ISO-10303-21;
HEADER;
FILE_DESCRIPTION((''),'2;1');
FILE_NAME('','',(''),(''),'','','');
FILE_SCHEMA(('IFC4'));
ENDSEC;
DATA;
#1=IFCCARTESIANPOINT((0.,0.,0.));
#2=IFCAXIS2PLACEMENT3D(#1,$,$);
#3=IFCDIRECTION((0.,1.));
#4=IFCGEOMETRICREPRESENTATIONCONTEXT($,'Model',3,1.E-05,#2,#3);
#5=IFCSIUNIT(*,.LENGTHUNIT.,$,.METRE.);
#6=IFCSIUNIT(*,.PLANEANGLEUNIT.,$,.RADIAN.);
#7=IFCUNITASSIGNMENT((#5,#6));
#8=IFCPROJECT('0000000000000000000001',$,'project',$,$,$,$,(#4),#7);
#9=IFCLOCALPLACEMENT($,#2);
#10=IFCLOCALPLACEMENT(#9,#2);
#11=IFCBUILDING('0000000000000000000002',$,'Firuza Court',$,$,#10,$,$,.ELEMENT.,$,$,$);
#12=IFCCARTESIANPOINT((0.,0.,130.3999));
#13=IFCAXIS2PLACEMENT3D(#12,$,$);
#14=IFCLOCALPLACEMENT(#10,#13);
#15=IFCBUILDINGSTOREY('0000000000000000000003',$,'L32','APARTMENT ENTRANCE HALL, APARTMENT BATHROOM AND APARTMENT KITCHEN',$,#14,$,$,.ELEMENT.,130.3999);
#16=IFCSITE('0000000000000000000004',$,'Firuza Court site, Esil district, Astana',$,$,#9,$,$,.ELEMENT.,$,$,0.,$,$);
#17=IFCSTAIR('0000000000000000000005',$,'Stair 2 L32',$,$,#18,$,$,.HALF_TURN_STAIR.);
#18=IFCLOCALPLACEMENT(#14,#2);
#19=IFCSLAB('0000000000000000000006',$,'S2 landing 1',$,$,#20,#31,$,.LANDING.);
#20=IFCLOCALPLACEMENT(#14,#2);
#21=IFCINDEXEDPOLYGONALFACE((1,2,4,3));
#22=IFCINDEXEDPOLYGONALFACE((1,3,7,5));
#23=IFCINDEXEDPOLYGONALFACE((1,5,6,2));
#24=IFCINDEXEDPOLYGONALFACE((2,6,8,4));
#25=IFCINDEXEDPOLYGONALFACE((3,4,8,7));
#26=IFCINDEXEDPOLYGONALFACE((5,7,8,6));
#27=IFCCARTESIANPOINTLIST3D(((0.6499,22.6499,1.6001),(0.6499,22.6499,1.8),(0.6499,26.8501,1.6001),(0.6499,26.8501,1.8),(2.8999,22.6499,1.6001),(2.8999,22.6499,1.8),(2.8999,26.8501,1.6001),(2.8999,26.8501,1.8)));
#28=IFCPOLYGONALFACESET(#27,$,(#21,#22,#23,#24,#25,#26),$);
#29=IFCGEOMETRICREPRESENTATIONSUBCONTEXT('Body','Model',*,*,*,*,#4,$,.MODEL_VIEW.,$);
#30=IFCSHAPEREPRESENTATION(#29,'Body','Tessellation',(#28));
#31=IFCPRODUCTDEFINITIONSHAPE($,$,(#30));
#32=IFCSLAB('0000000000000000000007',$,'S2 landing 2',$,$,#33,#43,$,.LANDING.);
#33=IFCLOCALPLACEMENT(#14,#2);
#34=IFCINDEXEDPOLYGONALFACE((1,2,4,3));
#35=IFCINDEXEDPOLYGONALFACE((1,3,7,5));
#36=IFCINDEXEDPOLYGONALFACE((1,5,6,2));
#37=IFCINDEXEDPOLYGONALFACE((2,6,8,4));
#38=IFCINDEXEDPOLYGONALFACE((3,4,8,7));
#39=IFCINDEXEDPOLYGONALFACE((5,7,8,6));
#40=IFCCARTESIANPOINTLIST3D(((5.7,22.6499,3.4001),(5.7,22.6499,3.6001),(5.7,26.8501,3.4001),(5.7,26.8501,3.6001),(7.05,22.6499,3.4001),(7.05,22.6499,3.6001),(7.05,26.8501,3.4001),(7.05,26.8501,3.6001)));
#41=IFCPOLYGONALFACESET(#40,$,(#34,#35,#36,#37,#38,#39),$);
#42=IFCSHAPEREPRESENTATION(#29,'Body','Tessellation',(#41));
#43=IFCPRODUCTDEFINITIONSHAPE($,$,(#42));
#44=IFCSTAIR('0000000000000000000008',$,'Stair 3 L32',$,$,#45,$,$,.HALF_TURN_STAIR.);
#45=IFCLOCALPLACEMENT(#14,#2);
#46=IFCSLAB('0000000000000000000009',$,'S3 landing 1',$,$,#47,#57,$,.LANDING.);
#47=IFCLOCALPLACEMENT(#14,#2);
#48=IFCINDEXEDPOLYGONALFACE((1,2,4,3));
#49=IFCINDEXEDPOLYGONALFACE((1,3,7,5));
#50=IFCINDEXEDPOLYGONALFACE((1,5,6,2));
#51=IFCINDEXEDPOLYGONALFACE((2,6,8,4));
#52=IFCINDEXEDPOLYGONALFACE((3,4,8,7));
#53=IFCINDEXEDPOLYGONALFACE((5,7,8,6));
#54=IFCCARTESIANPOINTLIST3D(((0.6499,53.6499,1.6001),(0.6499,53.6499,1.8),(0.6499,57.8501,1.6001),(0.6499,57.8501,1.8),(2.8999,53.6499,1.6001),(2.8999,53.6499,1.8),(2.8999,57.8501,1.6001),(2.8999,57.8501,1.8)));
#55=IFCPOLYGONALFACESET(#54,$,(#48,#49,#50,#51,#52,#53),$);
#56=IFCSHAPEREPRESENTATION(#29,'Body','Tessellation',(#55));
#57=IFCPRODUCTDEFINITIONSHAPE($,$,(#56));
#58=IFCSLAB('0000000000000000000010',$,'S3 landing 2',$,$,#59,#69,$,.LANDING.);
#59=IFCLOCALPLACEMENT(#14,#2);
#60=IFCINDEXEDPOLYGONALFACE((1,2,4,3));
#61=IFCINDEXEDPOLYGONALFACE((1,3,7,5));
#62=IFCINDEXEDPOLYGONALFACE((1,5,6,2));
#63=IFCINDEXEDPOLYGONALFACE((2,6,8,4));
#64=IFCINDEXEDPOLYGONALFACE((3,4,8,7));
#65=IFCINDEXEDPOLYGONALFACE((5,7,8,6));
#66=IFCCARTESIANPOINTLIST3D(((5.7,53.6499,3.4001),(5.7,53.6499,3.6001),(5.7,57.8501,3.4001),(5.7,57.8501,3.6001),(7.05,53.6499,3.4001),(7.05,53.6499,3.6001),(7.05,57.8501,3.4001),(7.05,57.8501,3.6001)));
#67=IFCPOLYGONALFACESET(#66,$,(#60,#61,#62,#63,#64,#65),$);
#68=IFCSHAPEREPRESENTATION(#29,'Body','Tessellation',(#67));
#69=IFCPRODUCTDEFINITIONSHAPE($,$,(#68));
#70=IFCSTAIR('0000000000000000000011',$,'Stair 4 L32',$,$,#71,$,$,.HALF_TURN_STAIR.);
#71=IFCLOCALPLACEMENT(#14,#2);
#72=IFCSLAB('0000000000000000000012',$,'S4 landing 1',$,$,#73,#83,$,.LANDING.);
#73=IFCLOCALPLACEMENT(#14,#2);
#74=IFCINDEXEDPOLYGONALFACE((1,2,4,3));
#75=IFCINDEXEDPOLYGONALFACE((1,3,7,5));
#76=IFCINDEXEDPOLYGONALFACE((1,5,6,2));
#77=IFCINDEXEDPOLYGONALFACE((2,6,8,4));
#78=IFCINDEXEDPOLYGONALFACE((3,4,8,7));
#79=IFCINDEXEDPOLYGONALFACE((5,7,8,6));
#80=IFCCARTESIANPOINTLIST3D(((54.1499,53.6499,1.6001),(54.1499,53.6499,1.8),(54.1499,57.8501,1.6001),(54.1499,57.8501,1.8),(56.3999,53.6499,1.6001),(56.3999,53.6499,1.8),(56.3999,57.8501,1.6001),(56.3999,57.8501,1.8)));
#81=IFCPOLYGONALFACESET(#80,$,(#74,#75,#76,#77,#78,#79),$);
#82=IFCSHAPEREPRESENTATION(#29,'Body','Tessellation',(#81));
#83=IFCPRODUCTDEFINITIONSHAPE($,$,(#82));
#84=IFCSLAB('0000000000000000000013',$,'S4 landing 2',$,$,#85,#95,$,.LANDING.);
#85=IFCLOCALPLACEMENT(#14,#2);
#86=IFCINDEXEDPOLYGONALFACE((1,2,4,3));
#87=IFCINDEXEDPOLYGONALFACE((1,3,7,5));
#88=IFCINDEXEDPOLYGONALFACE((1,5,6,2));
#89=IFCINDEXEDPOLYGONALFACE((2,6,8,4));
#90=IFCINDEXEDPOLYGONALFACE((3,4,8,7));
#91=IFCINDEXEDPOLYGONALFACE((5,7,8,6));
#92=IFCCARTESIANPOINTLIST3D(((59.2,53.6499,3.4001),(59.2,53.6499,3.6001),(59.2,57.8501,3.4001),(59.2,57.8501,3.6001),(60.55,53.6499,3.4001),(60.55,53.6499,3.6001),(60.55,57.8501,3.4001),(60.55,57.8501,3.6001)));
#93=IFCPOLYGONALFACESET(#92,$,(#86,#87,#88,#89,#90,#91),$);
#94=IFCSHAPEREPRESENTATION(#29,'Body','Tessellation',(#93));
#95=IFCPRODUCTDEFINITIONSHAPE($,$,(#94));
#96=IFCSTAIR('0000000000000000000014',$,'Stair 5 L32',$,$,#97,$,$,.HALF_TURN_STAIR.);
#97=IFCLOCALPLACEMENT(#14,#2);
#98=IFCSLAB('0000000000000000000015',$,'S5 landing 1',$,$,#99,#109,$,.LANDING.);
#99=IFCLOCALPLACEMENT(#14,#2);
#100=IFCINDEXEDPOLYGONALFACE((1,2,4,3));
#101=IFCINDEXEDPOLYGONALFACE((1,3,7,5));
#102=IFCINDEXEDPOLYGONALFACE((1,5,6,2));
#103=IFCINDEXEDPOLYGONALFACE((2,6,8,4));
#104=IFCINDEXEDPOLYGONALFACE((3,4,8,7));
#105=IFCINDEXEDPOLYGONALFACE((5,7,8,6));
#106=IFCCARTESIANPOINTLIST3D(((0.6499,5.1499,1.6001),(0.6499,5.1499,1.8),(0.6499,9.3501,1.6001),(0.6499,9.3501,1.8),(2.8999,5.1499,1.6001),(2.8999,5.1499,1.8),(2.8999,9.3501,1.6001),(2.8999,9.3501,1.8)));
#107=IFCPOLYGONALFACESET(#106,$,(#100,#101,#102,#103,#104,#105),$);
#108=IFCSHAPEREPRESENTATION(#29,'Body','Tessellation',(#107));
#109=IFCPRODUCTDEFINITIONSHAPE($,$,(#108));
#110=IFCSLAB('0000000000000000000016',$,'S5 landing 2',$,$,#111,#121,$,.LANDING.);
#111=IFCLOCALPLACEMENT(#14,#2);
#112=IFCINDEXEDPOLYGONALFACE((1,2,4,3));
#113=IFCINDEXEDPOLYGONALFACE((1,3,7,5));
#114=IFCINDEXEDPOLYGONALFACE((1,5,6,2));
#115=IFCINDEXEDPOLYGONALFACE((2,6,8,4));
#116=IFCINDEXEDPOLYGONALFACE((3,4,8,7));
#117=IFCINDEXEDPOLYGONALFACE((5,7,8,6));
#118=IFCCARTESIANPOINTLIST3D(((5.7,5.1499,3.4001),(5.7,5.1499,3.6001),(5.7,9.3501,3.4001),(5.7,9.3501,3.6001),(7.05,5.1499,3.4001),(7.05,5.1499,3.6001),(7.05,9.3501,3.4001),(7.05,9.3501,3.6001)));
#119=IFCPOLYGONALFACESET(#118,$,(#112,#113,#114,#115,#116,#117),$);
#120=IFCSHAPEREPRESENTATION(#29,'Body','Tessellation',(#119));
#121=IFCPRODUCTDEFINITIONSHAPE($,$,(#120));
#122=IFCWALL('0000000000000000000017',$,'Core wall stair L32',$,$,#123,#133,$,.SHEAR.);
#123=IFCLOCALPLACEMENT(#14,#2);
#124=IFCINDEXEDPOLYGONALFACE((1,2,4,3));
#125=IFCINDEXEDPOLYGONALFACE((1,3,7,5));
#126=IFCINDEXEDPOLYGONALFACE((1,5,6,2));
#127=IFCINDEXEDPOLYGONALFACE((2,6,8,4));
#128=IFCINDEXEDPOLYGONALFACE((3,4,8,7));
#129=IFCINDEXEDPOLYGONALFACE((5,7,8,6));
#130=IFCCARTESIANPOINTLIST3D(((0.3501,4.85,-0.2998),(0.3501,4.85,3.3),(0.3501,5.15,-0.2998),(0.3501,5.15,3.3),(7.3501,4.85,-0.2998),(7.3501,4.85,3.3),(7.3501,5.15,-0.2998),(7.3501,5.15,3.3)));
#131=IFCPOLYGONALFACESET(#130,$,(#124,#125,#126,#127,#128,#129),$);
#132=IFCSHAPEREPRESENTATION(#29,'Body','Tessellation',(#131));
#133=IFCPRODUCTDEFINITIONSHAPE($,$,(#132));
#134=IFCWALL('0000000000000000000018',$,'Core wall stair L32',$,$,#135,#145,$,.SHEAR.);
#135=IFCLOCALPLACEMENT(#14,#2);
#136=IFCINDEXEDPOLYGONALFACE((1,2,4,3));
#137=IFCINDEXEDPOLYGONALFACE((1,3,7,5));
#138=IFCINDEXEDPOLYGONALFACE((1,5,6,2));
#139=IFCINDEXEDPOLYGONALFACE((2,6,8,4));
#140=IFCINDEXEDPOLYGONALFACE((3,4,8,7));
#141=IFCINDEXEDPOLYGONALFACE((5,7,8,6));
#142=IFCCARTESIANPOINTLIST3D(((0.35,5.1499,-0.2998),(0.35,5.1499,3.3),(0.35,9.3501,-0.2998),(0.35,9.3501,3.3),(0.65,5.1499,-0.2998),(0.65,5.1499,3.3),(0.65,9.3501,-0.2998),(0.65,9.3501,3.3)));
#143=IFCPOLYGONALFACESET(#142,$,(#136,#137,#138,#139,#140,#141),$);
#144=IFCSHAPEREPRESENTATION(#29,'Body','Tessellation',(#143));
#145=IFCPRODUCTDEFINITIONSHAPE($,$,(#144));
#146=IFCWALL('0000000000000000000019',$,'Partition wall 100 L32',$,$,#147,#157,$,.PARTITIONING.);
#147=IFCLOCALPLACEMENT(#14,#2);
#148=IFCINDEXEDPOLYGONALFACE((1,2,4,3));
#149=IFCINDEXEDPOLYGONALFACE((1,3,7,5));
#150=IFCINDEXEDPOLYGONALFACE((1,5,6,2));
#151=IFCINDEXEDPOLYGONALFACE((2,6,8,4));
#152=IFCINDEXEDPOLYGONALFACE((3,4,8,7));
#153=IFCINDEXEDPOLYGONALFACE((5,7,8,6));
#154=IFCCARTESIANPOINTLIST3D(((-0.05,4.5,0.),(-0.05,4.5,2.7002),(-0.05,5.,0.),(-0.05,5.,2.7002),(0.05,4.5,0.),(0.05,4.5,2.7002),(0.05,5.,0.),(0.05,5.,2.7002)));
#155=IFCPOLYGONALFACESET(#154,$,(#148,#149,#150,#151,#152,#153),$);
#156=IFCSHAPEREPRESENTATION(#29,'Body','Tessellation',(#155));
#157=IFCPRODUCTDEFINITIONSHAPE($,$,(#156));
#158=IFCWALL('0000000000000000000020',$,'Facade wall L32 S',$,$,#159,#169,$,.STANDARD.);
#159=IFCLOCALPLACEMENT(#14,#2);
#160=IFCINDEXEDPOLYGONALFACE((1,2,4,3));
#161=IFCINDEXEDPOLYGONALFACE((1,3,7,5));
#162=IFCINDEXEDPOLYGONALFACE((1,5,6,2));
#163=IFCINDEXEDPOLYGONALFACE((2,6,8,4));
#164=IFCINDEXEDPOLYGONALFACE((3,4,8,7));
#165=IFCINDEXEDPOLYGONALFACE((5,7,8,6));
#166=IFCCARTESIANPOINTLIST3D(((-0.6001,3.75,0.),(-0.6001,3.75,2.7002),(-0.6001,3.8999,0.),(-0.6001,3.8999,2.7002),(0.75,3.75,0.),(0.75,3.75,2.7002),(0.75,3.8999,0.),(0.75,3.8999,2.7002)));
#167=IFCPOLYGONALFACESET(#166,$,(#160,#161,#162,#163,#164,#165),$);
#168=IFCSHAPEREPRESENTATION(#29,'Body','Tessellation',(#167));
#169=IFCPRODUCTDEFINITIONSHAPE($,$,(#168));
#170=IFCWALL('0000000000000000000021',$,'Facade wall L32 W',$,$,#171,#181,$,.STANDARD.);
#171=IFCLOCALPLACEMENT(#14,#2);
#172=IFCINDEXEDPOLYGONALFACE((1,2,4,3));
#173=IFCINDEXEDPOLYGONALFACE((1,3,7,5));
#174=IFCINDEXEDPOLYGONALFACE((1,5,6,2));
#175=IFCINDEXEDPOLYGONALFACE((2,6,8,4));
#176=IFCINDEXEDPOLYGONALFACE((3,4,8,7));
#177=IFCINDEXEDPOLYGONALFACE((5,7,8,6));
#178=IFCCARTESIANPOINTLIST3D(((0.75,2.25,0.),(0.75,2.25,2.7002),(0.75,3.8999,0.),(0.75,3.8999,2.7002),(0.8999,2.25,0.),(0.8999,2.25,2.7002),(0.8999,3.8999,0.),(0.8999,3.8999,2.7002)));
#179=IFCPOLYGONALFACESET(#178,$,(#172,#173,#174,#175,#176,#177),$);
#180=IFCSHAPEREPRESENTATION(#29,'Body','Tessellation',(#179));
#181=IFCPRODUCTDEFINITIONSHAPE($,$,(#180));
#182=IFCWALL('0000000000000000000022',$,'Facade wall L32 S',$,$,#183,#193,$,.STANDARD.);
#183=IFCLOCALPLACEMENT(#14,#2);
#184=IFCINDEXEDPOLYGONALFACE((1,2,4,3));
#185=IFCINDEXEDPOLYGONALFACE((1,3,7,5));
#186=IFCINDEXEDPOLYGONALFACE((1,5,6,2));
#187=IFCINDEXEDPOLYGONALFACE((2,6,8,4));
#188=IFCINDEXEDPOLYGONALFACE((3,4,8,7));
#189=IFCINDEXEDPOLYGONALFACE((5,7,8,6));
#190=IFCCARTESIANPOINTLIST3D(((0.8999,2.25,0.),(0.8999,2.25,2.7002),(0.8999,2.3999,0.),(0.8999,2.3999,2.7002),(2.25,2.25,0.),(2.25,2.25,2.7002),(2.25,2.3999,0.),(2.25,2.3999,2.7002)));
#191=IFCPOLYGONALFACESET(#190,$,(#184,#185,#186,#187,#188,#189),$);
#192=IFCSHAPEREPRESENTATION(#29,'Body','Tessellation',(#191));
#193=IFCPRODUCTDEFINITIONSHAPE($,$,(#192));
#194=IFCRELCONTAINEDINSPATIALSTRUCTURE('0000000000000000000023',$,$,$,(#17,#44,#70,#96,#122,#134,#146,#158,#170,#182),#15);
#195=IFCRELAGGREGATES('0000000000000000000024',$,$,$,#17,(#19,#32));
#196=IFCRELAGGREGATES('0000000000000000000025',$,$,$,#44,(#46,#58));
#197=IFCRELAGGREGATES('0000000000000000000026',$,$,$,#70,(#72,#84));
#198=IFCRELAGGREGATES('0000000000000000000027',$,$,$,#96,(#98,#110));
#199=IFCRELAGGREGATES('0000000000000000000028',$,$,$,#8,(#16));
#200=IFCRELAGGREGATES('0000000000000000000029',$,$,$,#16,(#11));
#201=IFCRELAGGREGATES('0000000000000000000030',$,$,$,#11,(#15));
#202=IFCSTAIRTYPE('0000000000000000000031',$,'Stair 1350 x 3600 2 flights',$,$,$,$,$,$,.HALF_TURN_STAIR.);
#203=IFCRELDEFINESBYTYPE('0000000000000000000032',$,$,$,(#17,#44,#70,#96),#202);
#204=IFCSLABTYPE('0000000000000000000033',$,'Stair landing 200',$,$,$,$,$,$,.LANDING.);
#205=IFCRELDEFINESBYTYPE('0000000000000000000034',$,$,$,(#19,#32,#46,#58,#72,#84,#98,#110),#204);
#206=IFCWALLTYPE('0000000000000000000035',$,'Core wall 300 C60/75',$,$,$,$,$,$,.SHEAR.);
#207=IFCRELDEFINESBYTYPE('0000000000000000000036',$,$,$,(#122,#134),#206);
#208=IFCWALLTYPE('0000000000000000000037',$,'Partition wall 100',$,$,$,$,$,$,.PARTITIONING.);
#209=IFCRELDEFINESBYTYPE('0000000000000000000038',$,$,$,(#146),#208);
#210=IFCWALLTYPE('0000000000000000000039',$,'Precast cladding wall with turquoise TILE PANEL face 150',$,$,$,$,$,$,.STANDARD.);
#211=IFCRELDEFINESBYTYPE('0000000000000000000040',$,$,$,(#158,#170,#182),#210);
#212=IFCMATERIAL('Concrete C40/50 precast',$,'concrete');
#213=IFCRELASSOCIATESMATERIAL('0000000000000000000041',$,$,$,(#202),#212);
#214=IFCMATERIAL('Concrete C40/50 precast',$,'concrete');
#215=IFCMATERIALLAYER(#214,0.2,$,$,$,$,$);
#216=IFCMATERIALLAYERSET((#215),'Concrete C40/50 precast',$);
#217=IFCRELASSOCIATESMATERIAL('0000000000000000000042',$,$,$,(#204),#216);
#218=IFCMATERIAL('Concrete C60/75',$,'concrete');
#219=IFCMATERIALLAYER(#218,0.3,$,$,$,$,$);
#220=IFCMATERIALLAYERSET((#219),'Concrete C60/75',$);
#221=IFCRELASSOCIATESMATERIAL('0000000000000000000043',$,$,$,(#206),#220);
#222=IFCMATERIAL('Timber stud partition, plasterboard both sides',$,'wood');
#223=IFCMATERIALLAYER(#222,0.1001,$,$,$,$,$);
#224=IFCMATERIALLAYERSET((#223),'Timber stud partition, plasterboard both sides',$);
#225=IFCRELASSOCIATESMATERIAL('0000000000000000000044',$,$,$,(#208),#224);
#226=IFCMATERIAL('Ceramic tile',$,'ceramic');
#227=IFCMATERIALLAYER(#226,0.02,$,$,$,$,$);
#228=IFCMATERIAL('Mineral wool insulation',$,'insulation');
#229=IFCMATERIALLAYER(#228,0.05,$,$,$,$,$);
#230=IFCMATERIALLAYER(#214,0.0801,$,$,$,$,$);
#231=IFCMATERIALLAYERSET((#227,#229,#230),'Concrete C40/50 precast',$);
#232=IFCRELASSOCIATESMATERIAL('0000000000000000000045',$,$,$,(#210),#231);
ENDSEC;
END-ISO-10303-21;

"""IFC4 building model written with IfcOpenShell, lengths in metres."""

from ifc_helpers import new_model, si_unit, direction, frame, frame_2d, origin, place, context, subcontext, project, spatial, polyline, rectangle, outline, extrude, material, layer, layer_set, type_object, element, aggregate, save


model = new_model("IFC4")

# Units and contexts
model_context = context("Model", 3, precision=1e-05, world=origin(), true_north=direction((0.0, 1.0)))
body_context = subcontext(model_context, "Body", "Model", "MODEL_VIEW")
ifc_project = project(units=[si_unit("LENGTHUNIT", "METRE"), si_unit("PLANEANGLEUNIT", "RADIAN")], contexts=[model_context])

# Site, building, storey
site_placement = place(None, origin())
site = spatial("IfcSite", under=ifc_project, at=site_placement, Name="Firuza Court site, Esil district, Astana", CompositionType="ELEMENT", RefElevation=0.0)
building_placement = place(site_placement, origin())
building = spatial("IfcBuilding", under=site, at=building_placement, Name="Firuza Court", CompositionType="ELEMENT")
storey_placement = place(building_placement, frame((0.0, 0.0, 130.3999)))
storey = spatial("IfcBuildingStorey", under=building, at=storey_placement, Name="L32", Description="APARTMENT ENTRANCE HALL, APARTMENT BATHROOM AND APARTMENT KITCHEN", CompositionType="ELEMENT", Elevation=130.3999)

# Stairs, slabs
ifc_material_1 = material(Name="Concrete C40/50 precast", Category="concrete")
stair_type = type_object("IfcStairType", Name="Stair 1350 x 3600 2 flights", PredefinedType="HALF_TURN_STAIR", material=ifc_material_1)
ifc_material_2 = material(Name="Concrete C40/50 precast", Category="concrete")
ifc_layer_1 = layer(ifc_material_2, 0.2)
ifc_layer_set_1 = layer_set([ifc_layer_1], Name="Concrete C40/50 precast")
slab_type_1 = type_object("IfcSlabType", Name="Stair landing 200", PredefinedType="LANDING", material=ifc_layer_set_1)
stair_1_placement = place(storey_placement, origin())
stair_1 = element("IfcStair", 1, at=stair_1_placement, inside=storey, type_object=stair_type, Name="Stair 2 L32", PredefinedType="HALF_TURN_STAIR")
slab_1_placement = place(storey_placement, frame((0.0, 0.0, 1.6001)))
slab_1 = element("IfcSlab", 2, at=slab_1_placement, type_object=slab_type_1, Name="S2 landing 1", PredefinedType="LANDING", context=body_context, shape_type="SweptSolid", body=[
    extrude(outline(polyline([(2.8999, 22.6499), (2.8999, 26.8501), (0.6499, 26.8501), (0.6499, 22.6499), (2.8999, 22.6499)])), origin(), (0.0, 0.0, 1.0), 0.2),
])
slab_2_placement = place(storey_placement, frame((0.0, 0.0, 3.4001)))
slab_2 = element("IfcSlab", 3, at=slab_2_placement, type_object=slab_type_1, Name="S2 landing 2", PredefinedType="LANDING", context=body_context, shape_type="SweptSolid", body=[
    extrude(outline(polyline([(7.05, 22.6499), (7.05, 26.8501), (5.7, 26.8501), (5.7, 22.6499), (7.05, 22.6499)])), origin(), (0.0, 0.0, 1.0), 0.2),
])
aggregate(stair_1, [slab_1, slab_2])
stair_2_placement = place(storey_placement, origin())
stair_2 = element("IfcStair", 4, at=stair_2_placement, inside=storey, type_object=stair_type, Name="Stair 3 L32", PredefinedType="HALF_TURN_STAIR")
slab_3_placement = place(storey_placement, frame((0.0, 0.0, 1.6001)))
slab_3 = element("IfcSlab", 5, at=slab_3_placement, type_object=slab_type_1, Name="S3 landing 1", PredefinedType="LANDING", context=body_context, shape_type="SweptSolid", body=[
    extrude(outline(polyline([(2.8999, 53.6499), (2.8999, 57.8501), (0.6499, 57.8501), (0.6499, 53.6499), (2.8999, 53.6499)])), origin(), (0.0, 0.0, 1.0), 0.2),
])
slab_4_placement = place(storey_placement, frame((0.0, 0.0, 3.4001)))
slab_4 = element("IfcSlab", 6, at=slab_4_placement, type_object=slab_type_1, Name="S3 landing 2", PredefinedType="LANDING", context=body_context, shape_type="SweptSolid", body=[
    extrude(outline(polyline([(7.05, 53.6499), (7.05, 57.8501), (5.7, 57.8501), (5.7, 53.6499), (7.05, 53.6499)])), origin(), (0.0, 0.0, 1.0), 0.2),
])
aggregate(stair_2, [slab_3, slab_4])
stair_3_placement = place(storey_placement, origin())
stair_3 = element("IfcStair", 7, at=stair_3_placement, inside=storey, type_object=stair_type, Name="Stair 4 L32", PredefinedType="HALF_TURN_STAIR")
slab_5_placement = place(storey_placement, frame((0.0, 0.0, 1.6001)))
slab_5 = element("IfcSlab", 8, at=slab_5_placement, type_object=slab_type_1, Name="S4 landing 1", PredefinedType="LANDING", context=body_context, shape_type="SweptSolid", body=[
    extrude(outline(polyline([(56.3999, 53.6499), (56.3999, 57.8501), (54.1499, 57.8501), (54.1499, 53.6499), (56.3999, 53.6499)])), origin(), (0.0, 0.0, 1.0), 0.2),
])
slab_6_placement = place(storey_placement, frame((0.0, 0.0, 3.4001)))
slab_6 = element("IfcSlab", 9, at=slab_6_placement, type_object=slab_type_1, Name="S4 landing 2", PredefinedType="LANDING", context=body_context, shape_type="SweptSolid", body=[
    extrude(outline(polyline([(60.55, 53.6499), (60.55, 57.8501), (59.2, 57.8501), (59.2, 53.6499), (60.55, 53.6499)])), origin(), (0.0, 0.0, 1.0), 0.2),
])
aggregate(stair_3, [slab_5, slab_6])
stair_4_placement = place(storey_placement, origin())
stair_4 = element("IfcStair", 10, at=stair_4_placement, inside=storey, type_object=stair_type, Name="Stair 5 L32", PredefinedType="HALF_TURN_STAIR")
slab_7_placement = place(storey_placement, frame((0.0, 0.0, 1.6001)))
slab_7 = element("IfcSlab", 11, at=slab_7_placement, type_object=slab_type_1, Name="S5 landing 1", PredefinedType="LANDING", context=body_context, shape_type="SweptSolid", body=[
    extrude(outline(polyline([(2.8999, 5.1499), (2.8999, 9.3501), (0.6499, 9.3501), (0.6499, 5.1499), (2.8999, 5.1499)])), origin(), (0.0, 0.0, 1.0), 0.2),
])
slab_8_placement = place(storey_placement, frame((0.0, 0.0, 3.4001)))
slab_8 = element("IfcSlab", 12, at=slab_8_placement, type_object=slab_type_1, Name="S5 landing 2", PredefinedType="LANDING", context=body_context, shape_type="SweptSolid", body=[
    extrude(outline(polyline([(7.05, 5.1499), (7.05, 9.3501), (5.7, 9.3501), (5.7, 5.1499), (7.05, 5.1499)])), origin(), (0.0, 0.0, 1.0), 0.2),
])
aggregate(stair_4, [slab_7, slab_8])

# Walls
ifc_material_3 = material(Name="Concrete C60/75", Category="concrete")
ifc_layer_2 = layer(ifc_material_3, 0.3)
ifc_layer_set_2 = layer_set([ifc_layer_2], Name="Concrete C60/75")
wall_type_1 = type_object("IfcWallType", Name="Core wall 300 C60/75", PredefinedType="SHEAR", material=ifc_layer_set_2)
wall_1_placement = place(storey_placement, frame((0.3501, 5.0, -0.2998), z_axis=(0.0, 0.0, 1.0), x_axis=(1.0, 0.0, 0.0)))
element("IfcWall", 13, at=wall_1_placement, inside=storey, type_object=wall_type_1, Name="Core wall stair L32", PredefinedType="SHEAR", context=body_context, shape_type="SweptSolid", body=[
    extrude(rectangle(XDim=7.0, YDim=0.3, at=frame_2d((3.5, 0.0))), origin(), (0.0, 0.0, 1.0), 3.5999),
])
wall_2_placement = place(storey_placement, frame((0.5, 5.1499, -0.2998), z_axis=(0.0, 0.0, 1.0), x_axis=(0.0, 1.0, 0.0)))
element("IfcWall", 14, at=wall_2_placement, inside=storey, type_object=wall_type_1, Name="Core wall stair L32", PredefinedType="SHEAR", context=body_context, shape_type="SweptSolid", body=[
    extrude(rectangle(XDim=4.2002, YDim=0.3, at=frame_2d((2.1001, 0.0))), origin(), (0.0, 0.0, 1.0), 3.5999),
])
ifc_material_4 = material(Name="Timber stud partition, plasterboard both sides", Category="wood")
ifc_layer_3 = layer(ifc_material_4, 0.1001)
ifc_layer_set_3 = layer_set([ifc_layer_3], Name="Timber stud partition, plasterboard both sides")
wall_type_2 = type_object("IfcWallType", Name="Partition wall 100", PredefinedType="PARTITIONING", material=ifc_layer_set_3)
wall_3_placement = place(storey_placement, frame((0.0, 4.5, 0.0), z_axis=(0.0, 0.0, 1.0), x_axis=(0.0, 1.0, 0.0)))
element("IfcWall", 15, at=wall_3_placement, inside=storey, type_object=wall_type_2, Name="Partition wall 100 L32", PredefinedType="PARTITIONING", context=body_context, shape_type="SweptSolid", body=[
    extrude(rectangle(XDim=0.5, YDim=0.1001, at=frame_2d((0.25, 0.0))), origin(), (0.0, 0.0, 1.0), 2.7002),
])
ifc_material_5 = material(Name="Ceramic tile", Category="ceramic")
ifc_layer_4 = layer(ifc_material_5, 0.02)
ifc_material_6 = material(Name="Mineral wool insulation", Category="insulation")
ifc_layer_5 = layer(ifc_material_6, 0.05)
ifc_layer_6 = layer(ifc_material_2, 0.0801)
ifc_layer_set_4 = layer_set([ifc_layer_4, ifc_layer_5, ifc_layer_6], Name="Concrete C40/50 precast")
wall_type_3 = type_object("IfcWallType", Name="Precast cladding wall with turquoise TILE PANEL face 150", PredefinedType="STANDARD", material=ifc_layer_set_4)
wall_4_placement = place(storey_placement, frame((-0.6001, 3.825, 0.0), z_axis=(0.0, 0.0, 1.0), x_axis=(1.0, 0.0, 0.0)))
element("IfcWall", 16, at=wall_4_placement, inside=storey, type_object=wall_type_3, Name="Facade wall L32 S", PredefinedType="STANDARD", context=body_context, shape_type="SweptSolid", body=[
    extrude(rectangle(XDim=1.3501, YDim=0.1499, at=frame_2d((0.675, 0.0))), origin(), (0.0, 0.0, 1.0), 2.7002),
])
wall_5_placement = place(storey_placement, frame((0.825, 3.8999, 0.0), z_axis=(0.0, 0.0, 1.0), x_axis=(0.0, -1.0, 0.0)))
element("IfcWall", 17, at=wall_5_placement, inside=storey, type_object=wall_type_3, Name="Facade wall L32 W", PredefinedType="STANDARD", context=body_context, shape_type="SweptSolid", body=[
    extrude(rectangle(XDim=1.6499, YDim=0.1499, at=frame_2d((0.825, 0.0))), origin(), (0.0, 0.0, 1.0), 2.7002),
])
wall_6_placement = place(storey_placement, frame((0.8999, 2.325, 0.0), z_axis=(0.0, 0.0, 1.0), x_axis=(1.0, 0.0, 0.0)))
element("IfcWall", 18, at=wall_6_placement, inside=storey, type_object=wall_type_3, Name="Facade wall L32 S", PredefinedType="STANDARD", context=body_context, shape_type="SweptSolid", body=[
    extrude(rectangle(XDim=1.3501, YDim=0.1499, at=frame_2d((0.675, 0.0))), origin(), (0.0, 0.0, 1.0), 2.7002),
])

save(model, "model.ifc")
